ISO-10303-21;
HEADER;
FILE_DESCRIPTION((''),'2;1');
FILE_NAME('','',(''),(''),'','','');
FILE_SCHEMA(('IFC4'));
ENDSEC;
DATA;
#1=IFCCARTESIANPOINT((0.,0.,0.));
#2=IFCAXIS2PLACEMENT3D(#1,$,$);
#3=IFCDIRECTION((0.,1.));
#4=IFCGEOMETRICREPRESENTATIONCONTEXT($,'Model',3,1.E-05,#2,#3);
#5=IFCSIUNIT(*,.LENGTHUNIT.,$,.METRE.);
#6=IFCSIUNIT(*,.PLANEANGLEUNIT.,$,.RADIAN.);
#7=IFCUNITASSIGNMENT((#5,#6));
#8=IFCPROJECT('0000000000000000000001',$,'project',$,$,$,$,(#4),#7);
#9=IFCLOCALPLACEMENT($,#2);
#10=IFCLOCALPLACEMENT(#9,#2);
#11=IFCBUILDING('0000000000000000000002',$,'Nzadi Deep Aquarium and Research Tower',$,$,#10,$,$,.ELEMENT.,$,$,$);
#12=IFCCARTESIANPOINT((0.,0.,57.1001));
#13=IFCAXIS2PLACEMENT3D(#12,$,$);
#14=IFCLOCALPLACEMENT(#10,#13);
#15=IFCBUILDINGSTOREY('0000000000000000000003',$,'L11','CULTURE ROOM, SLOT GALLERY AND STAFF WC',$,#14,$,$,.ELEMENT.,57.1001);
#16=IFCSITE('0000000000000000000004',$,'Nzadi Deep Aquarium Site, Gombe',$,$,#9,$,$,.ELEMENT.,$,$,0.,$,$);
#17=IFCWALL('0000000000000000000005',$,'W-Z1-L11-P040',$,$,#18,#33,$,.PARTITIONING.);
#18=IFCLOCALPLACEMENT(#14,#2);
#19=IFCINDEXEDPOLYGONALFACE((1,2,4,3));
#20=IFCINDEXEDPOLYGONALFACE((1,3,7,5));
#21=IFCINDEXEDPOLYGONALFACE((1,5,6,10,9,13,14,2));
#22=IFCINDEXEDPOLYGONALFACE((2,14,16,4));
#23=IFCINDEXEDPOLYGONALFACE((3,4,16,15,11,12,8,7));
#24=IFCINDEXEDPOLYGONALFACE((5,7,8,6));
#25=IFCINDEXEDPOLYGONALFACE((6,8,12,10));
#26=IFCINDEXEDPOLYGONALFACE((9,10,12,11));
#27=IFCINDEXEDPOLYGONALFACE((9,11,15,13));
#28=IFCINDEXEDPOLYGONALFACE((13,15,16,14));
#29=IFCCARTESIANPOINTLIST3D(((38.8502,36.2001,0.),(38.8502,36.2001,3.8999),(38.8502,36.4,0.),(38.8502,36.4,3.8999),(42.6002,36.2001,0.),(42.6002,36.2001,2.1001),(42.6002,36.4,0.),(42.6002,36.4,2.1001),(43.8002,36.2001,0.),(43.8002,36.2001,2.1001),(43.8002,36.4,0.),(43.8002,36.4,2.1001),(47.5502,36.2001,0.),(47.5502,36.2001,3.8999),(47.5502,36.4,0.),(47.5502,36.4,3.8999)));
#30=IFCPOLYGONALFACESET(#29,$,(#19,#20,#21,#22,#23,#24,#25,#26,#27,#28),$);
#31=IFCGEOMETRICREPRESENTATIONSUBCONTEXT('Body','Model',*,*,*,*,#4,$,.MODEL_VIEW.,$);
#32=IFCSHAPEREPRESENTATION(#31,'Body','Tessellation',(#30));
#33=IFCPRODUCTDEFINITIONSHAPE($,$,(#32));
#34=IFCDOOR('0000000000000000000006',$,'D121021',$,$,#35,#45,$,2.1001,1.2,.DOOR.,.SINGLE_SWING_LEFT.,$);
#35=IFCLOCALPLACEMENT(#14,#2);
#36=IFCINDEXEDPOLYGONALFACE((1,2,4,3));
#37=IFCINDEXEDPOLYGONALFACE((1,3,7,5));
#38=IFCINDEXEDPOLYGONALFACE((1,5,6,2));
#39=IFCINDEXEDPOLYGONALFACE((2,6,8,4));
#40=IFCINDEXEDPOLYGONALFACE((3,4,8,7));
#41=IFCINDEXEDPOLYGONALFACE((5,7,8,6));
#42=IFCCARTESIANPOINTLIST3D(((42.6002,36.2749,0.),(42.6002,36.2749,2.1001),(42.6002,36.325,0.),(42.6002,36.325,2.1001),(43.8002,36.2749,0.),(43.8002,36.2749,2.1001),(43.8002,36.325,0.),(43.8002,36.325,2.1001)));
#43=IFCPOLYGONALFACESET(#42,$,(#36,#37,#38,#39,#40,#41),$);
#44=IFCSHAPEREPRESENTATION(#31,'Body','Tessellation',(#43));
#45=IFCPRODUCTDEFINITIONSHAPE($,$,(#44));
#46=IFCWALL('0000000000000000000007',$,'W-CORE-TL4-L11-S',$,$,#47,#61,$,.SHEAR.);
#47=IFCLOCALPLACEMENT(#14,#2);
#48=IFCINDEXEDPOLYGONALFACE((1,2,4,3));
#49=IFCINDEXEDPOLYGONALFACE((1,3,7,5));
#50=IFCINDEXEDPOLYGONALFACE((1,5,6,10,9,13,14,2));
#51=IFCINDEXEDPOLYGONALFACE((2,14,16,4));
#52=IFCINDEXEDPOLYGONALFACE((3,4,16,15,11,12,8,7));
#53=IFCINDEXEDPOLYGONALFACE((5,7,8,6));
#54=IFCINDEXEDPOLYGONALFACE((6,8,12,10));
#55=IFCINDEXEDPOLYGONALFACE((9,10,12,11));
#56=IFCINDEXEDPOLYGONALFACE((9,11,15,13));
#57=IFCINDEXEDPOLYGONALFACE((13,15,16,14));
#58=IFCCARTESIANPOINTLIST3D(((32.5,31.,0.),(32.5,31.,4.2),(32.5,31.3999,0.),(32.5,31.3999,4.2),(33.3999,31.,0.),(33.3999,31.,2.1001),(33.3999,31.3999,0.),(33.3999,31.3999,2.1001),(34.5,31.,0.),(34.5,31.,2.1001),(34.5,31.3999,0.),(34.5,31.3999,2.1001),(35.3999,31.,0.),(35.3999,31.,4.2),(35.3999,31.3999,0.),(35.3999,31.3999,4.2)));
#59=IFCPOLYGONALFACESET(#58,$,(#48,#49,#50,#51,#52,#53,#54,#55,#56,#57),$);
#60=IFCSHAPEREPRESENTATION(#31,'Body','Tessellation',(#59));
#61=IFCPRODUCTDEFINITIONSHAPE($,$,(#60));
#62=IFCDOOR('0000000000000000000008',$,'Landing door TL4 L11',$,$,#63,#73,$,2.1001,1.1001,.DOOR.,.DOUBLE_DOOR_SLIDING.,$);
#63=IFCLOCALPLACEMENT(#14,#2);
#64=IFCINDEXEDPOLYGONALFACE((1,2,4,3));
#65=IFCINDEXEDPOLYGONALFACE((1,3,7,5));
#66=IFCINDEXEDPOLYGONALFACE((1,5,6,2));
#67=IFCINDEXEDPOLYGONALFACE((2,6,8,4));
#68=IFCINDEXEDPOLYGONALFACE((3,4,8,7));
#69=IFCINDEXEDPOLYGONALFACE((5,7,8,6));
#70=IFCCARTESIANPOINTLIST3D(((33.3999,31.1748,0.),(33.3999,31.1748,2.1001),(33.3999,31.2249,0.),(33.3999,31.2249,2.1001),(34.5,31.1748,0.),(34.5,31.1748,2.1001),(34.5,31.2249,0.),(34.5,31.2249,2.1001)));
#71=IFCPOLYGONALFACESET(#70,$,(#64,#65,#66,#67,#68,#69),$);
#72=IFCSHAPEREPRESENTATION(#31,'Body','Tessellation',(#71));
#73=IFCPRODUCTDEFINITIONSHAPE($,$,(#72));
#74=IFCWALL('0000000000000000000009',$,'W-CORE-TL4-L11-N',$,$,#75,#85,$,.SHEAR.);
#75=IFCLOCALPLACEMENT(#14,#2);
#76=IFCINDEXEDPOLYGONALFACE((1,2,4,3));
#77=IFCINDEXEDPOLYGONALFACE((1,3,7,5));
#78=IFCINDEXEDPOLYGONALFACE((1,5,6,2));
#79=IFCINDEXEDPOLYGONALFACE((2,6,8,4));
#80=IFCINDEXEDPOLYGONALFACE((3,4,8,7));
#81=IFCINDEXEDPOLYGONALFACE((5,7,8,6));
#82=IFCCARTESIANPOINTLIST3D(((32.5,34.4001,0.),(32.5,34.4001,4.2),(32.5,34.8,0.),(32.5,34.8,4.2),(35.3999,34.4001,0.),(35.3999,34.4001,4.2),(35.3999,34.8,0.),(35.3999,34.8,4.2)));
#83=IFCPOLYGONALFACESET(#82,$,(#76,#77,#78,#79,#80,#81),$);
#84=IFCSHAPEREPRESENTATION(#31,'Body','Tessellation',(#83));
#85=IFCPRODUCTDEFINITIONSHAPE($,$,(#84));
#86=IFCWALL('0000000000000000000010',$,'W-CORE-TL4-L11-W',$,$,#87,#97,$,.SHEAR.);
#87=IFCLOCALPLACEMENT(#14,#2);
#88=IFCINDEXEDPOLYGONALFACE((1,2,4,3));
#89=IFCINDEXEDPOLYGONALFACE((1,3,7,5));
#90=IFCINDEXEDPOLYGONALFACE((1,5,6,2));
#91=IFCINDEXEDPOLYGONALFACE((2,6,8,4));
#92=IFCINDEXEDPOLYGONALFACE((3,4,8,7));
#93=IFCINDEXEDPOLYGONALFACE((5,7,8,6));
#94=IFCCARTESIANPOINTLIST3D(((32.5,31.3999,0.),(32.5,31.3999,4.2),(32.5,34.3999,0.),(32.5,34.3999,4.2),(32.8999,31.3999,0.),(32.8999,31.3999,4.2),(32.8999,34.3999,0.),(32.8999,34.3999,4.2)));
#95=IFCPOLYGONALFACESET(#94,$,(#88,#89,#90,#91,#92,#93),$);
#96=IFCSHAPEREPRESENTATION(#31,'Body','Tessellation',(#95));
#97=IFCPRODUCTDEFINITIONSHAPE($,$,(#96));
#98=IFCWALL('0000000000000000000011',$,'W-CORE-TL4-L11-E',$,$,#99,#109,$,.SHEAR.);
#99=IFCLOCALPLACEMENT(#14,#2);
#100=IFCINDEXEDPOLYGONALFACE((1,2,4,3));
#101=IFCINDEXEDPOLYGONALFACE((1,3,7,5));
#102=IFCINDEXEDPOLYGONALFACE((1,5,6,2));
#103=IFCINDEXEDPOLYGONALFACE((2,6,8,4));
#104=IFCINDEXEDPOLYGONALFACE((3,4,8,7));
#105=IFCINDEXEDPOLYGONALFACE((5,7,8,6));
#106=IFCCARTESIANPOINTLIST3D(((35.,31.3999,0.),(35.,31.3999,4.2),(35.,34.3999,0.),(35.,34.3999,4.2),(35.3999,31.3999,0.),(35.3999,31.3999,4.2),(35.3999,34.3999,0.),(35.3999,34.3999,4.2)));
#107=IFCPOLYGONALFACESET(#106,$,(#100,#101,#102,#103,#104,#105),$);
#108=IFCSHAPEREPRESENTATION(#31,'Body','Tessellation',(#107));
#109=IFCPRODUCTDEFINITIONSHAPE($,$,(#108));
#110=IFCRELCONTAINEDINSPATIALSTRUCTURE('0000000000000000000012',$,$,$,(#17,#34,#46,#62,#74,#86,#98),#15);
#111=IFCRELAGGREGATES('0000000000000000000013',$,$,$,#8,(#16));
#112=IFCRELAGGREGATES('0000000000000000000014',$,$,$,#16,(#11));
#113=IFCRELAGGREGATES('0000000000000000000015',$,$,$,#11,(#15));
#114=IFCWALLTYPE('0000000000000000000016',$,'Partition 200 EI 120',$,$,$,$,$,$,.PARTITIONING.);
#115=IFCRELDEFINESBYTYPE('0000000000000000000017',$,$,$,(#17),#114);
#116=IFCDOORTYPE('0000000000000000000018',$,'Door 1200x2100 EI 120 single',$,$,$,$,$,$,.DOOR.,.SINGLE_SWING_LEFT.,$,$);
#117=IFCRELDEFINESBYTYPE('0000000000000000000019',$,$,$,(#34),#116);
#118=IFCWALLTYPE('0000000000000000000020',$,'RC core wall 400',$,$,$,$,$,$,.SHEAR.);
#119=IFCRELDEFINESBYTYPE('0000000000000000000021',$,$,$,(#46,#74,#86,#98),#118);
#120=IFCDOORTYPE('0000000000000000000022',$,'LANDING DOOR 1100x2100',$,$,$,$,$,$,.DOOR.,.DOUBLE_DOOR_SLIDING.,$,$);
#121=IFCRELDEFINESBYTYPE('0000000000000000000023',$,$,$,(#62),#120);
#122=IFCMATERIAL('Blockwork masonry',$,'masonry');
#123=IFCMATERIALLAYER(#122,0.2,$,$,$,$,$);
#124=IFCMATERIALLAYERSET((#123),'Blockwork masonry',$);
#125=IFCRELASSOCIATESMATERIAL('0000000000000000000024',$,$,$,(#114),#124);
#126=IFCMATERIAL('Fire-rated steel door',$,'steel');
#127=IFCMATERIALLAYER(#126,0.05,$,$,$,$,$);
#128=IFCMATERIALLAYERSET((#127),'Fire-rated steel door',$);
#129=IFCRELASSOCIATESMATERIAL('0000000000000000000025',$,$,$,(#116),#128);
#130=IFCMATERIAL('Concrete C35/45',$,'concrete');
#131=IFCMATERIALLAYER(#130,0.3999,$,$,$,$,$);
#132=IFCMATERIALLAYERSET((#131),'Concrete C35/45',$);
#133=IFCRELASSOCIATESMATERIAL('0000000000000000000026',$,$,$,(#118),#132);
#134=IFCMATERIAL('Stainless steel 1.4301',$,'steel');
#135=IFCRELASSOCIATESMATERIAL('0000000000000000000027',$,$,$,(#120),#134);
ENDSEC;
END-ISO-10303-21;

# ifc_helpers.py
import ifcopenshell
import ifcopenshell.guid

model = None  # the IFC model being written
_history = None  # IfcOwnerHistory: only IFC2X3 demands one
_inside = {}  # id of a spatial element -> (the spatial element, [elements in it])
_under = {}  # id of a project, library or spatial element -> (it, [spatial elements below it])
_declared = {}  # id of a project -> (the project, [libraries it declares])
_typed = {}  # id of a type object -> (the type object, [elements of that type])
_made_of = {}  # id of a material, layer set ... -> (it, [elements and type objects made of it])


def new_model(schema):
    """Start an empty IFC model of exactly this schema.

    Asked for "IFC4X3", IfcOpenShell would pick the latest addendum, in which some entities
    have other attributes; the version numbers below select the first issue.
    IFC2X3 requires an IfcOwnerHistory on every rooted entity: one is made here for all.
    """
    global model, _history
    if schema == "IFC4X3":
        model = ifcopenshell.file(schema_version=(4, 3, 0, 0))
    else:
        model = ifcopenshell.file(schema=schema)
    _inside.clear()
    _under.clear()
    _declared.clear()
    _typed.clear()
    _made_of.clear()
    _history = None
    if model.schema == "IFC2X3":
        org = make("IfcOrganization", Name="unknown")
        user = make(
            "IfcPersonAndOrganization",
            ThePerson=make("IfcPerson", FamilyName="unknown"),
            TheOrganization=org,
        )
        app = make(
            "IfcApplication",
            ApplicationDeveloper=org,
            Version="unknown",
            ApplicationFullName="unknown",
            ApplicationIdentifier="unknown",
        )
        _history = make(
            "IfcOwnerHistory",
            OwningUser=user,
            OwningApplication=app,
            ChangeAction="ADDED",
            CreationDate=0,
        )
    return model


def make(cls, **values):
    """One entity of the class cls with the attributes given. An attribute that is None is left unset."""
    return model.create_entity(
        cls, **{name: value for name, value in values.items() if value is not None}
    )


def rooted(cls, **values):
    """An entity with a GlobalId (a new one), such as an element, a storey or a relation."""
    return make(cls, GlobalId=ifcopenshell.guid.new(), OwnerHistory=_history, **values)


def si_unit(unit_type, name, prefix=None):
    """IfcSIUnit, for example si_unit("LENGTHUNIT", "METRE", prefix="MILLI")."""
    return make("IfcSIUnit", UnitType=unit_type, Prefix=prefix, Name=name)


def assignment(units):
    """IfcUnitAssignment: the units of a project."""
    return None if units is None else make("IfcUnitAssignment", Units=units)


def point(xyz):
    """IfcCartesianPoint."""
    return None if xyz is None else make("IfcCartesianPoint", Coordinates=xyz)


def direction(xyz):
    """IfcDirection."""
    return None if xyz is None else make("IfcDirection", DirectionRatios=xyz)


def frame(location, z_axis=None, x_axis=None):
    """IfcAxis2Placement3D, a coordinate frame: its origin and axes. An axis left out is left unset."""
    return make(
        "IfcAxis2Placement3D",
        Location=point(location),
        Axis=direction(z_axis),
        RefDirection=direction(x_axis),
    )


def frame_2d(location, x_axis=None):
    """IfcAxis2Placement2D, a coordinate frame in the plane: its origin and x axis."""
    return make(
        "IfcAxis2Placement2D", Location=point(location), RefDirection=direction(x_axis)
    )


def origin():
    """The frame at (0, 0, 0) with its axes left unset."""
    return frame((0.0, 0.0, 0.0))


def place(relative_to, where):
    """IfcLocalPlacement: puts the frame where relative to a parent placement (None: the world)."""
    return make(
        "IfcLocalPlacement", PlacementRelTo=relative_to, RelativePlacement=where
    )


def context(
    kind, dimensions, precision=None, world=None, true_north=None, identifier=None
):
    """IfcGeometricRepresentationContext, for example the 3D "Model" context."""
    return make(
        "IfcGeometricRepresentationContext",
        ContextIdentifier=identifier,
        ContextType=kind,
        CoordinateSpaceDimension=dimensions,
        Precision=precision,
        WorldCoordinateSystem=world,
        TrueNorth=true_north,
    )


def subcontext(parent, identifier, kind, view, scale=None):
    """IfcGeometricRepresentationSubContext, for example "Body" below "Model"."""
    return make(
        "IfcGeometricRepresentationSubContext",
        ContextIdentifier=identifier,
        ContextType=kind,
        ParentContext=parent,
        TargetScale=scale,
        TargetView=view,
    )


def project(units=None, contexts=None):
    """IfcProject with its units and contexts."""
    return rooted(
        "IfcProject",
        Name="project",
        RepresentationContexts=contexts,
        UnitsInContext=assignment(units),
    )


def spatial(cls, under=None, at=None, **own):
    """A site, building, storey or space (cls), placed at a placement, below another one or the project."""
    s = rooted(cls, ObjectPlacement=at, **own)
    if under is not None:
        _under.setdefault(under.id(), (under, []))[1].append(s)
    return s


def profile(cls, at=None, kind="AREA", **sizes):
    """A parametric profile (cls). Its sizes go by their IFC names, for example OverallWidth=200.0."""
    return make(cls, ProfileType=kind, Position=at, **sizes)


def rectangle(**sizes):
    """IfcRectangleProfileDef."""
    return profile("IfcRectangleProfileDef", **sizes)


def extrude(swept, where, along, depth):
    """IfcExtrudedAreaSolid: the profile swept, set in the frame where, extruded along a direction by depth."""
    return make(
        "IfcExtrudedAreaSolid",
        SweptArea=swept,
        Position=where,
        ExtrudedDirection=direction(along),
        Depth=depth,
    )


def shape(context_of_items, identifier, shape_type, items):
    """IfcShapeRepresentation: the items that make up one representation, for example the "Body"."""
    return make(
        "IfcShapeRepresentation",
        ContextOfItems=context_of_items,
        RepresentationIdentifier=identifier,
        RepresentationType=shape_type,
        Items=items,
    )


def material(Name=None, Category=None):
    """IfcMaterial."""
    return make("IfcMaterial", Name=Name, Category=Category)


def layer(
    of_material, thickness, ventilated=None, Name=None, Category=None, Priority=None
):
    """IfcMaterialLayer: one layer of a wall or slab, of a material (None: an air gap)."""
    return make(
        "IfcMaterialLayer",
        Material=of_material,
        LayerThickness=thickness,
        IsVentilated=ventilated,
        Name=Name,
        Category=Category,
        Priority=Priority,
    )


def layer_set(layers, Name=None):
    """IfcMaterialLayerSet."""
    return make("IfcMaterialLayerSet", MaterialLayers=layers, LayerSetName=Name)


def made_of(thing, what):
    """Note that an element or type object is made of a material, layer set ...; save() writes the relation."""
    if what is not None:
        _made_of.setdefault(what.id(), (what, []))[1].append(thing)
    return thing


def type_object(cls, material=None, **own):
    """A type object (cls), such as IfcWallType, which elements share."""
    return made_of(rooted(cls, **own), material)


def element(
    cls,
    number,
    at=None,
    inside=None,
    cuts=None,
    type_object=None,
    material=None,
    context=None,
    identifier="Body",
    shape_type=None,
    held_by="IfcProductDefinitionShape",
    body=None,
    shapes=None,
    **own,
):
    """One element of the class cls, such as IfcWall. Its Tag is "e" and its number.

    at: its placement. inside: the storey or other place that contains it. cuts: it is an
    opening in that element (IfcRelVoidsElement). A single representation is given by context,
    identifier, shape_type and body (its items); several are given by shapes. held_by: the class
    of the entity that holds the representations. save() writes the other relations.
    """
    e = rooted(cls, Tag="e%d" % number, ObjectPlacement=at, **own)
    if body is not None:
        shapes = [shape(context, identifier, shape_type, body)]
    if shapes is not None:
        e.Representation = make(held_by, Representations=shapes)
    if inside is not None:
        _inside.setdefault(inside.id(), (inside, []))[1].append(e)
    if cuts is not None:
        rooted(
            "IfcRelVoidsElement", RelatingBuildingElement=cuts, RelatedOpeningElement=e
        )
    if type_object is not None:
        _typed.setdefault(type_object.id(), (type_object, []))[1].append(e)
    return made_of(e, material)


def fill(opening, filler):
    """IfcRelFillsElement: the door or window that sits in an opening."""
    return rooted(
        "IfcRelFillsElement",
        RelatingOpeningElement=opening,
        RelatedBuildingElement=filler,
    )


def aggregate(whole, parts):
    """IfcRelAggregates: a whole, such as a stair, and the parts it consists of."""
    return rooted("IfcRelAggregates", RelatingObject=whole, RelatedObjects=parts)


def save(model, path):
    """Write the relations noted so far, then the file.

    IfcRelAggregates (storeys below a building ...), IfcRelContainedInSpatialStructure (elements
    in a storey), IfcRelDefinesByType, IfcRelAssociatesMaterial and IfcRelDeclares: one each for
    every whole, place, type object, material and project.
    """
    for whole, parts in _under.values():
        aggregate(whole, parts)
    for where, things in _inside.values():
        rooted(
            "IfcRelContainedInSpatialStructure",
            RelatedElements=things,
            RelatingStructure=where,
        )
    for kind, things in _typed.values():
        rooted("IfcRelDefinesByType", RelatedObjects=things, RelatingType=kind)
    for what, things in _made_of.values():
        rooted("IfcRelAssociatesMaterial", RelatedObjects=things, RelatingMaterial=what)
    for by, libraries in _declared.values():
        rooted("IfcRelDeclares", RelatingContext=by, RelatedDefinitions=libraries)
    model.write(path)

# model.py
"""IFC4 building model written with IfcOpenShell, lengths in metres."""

from ifc_helpers import new_model, si_unit, direction, frame, frame_2d, origin, place, context, subcontext, project, spatial, rectangle, extrude, material, layer, layer_set, type_object, element, fill, save


model = new_model("IFC4")

# Units and contexts
model_context = context("Model", 3, precision=1e-05, world=origin(), true_north=direction((0.0, 1.0)))
body_context = subcontext(model_context, "Body", "Model", "MODEL_VIEW")
ifc_project = project(units=[si_unit("LENGTHUNIT", "METRE"), si_unit("PLANEANGLEUNIT", "RADIAN")], contexts=[model_context])

# Site, building, storey
site_placement = place(None, origin())
site = spatial("IfcSite", under=ifc_project, at=site_placement, Name="Nzadi Deep Aquarium Site, Gombe", CompositionType="ELEMENT", RefElevation=0.0)
building_placement = place(site_placement, origin())
building = spatial("IfcBuilding", under=site, at=building_placement, Name="Nzadi Deep Aquarium and Research Tower", CompositionType="ELEMENT")
storey_placement = place(building_placement, frame((0.0, 0.0, 57.1001)))
storey = spatial("IfcBuildingStorey", under=building, at=storey_placement, Name="L11", Description="CULTURE ROOM, SLOT GALLERY AND STAFF WC", CompositionType="ELEMENT", Elevation=57.1001)

# Shared definitions
ifc_material_1 = material(Name="Blockwork masonry", Category="masonry")
ifc_layer_1 = layer(ifc_material_1, 0.2)
ifc_layer_set_1 = layer_set([ifc_layer_1], Name="Blockwork masonry")
wall_type_1 = type_object("IfcWallType", Name="Partition 200 EI 120", PredefinedType="PARTITIONING", material=ifc_layer_set_1)

# Walls, openings, doors
wall_1_placement = place(storey_placement, frame((38.8501, 36.3, 0.0), z_axis=(0.0, 0.0, 1.0), x_axis=(1.0, 0.0, 0.0)))
wall_1 = element("IfcWall", 1, at=wall_1_placement, inside=storey, type_object=wall_type_1, Name="W-Z1-L11-P040", PredefinedType="PARTITIONING", context=body_context, shape_type="SweptSolid", body=[
    extrude(rectangle(XDim=8.7, YDim=0.2, at=frame_2d((4.3501, 0.0))), origin(), (0.0, 0.0, 1.0), 3.8999),
])
opening_1_placement = place(wall_1_placement, frame((3.75, 0.0, 0.0)))
opening_1 = element("IfcOpeningElement", 2, at=opening_1_placement, cuts=wall_1, PredefinedType="OPENING", context=body_context, shape_type="SweptSolid", body=[
    extrude(rectangle(XDim=1.2, YDim=2.1001, at=frame_2d((0.6001, 1.05))), frame((0.0, 0.1101, 0.0), z_axis=(0.0, -1.0, 0.0), x_axis=(1.0, 0.0, 0.0)), (0.0, 0.0, 1.0), 0.2202),
])
ifc_material_2 = material(Name="Fire-rated steel door", Category="steel")
ifc_layer_2 = layer(ifc_material_2, 0.05)
ifc_layer_set_2 = layer_set([ifc_layer_2], Name="Fire-rated steel door")
door_type_1 = type_object("IfcDoorType", Name="Door 1200x2100 EI 120 single", OperationType="SINGLE_SWING_LEFT", PredefinedType="DOOR", material=ifc_layer_set_2)
door_1_placement = place(opening_1_placement, origin())
door_1 = element("IfcDoor", 3, at=door_1_placement, inside=storey, type_object=door_type_1, Name="D121021", OperationType="SINGLE_SWING_LEFT", OverallHeight=2.1001, OverallWidth=1.2, PredefinedType="DOOR", context=body_context, shape_type="SweptSolid", body=[
    extrude(rectangle(XDim=1.2, YDim=2.1001, at=frame_2d((0.6001, 1.05))), frame((0.0, 0.0249, 0.0), z_axis=(0.0, -1.0, 0.0), x_axis=(1.0, 0.0, 0.0)), (0.0, 0.0, 1.0), 0.05),
])
fill(opening_1, door_1)
ifc_material_3 = material(Name="Concrete C35/45", Category="concrete")
ifc_layer_3 = layer(ifc_material_3, 0.3999)
ifc_layer_set_3 = layer_set([ifc_layer_3], Name="Concrete C35/45")
wall_type_2 = type_object("IfcWallType", Name="RC core wall 400", PredefinedType="SHEAR", material=ifc_layer_set_3)
wall_2_placement = place(storey_placement, frame((32.5, 31.2, 0.0), z_axis=(0.0, 0.0, 1.0), x_axis=(1.0, 0.0, 0.0)))
wall_2 = element("IfcWall", 4, at=wall_2_placement, inside=storey, type_object=wall_type_2, Name="W-CORE-TL4-L11-S", PredefinedType="SHEAR", context=body_context, shape_type="SweptSolid", body=[
    extrude(rectangle(XDim=2.8999, YDim=0.3999, at=frame_2d((1.45, 0.0))), origin(), (0.0, 0.0, 1.0), 4.2),
])
opening_2_placement = place(wall_2_placement, frame((0.8999, 0.0, 0.0)))
opening_2 = element("IfcOpeningElement", 5, at=opening_2_placement, cuts=wall_2, PredefinedType="OPENING", context=body_context, shape_type="SweptSolid", body=[
    extrude(rectangle(XDim=1.1001, YDim=2.1001, at=frame_2d((0.55, 1.05))), frame((0.0, 0.21, 0.0), z_axis=(0.0, -1.0, 0.0), x_axis=(1.0, 0.0, 0.0)), (0.0, 0.0, 1.0), 0.4199),
])
ifc_material_4 = material(Name="Stainless steel 1.4301", Category="steel")
door_type_2 = type_object("IfcDoorType", Name="LANDING DOOR 1100x2100", OperationType="DOUBLE_DOOR_SLIDING", PredefinedType="DOOR", material=ifc_material_4)
door_2_placement = place(opening_2_placement, origin())
door_2 = element("IfcDoor", 6, at=door_2_placement, inside=storey, type_object=door_type_2, Name="Landing door TL4 L11", OperationType="DOUBLE_DOOR_SLIDING", OverallHeight=2.1001, OverallWidth=1.1001, PredefinedType="DOOR", context=body_context, shape_type="SweptSolid", body=[
    extrude(rectangle(XDim=1.1001, YDim=2.1001, at=frame_2d((0.55, 1.05))), frame((0.0, 0.0249, 0.0), z_axis=(0.0, -1.0, 0.0), x_axis=(1.0, 0.0, 0.0)), (0.0, 0.0, 1.0), 0.05),
])
fill(opening_2, door_2)

# Walls
wall_3_placement = place(storey_placement, frame((32.5, 34.6001, 0.0), z_axis=(0.0, 0.0, 1.0), x_axis=(1.0, 0.0, 0.0)))
element("IfcWall", 7, at=wall_3_placement, inside=storey, type_object=wall_type_2, Name="W-CORE-TL4-L11-N", PredefinedType="SHEAR", context=body_context, shape_type="SweptSolid", body=[
    extrude(rectangle(XDim=2.8999, YDim=0.3999, at=frame_2d((1.45, 0.0))), origin(), (0.0, 0.0, 1.0), 4.2),
])
for number, where, z_axis, x_axis, name in (
    (8, (32.7, 31.3999, 0.0), (0.0, 0.0, 1.0), (0.0, 1.0, 0.0), "W-CORE-TL4-L11-W"),
    (9, (35.2, 31.3999, 0.0), (0.0, 0.0, 1.0), (0.0, 1.0, 0.0), "W-CORE-TL4-L11-E"),
):
    element("IfcWall", number, at=place(storey_placement, frame(where, z_axis=z_axis, x_axis=x_axis)), inside=storey, type_object=wall_type_2, Name=name, PredefinedType="SHEAR", context=body_context, shape_type="SweptSolid", body=[
        extrude(rectangle(XDim=3.0, YDim=0.3999, at=frame_2d((1.5, 0.0))), origin(), (0.0, 0.0, 1.0), 4.2),
    ])

save(model, "model.ifc")
